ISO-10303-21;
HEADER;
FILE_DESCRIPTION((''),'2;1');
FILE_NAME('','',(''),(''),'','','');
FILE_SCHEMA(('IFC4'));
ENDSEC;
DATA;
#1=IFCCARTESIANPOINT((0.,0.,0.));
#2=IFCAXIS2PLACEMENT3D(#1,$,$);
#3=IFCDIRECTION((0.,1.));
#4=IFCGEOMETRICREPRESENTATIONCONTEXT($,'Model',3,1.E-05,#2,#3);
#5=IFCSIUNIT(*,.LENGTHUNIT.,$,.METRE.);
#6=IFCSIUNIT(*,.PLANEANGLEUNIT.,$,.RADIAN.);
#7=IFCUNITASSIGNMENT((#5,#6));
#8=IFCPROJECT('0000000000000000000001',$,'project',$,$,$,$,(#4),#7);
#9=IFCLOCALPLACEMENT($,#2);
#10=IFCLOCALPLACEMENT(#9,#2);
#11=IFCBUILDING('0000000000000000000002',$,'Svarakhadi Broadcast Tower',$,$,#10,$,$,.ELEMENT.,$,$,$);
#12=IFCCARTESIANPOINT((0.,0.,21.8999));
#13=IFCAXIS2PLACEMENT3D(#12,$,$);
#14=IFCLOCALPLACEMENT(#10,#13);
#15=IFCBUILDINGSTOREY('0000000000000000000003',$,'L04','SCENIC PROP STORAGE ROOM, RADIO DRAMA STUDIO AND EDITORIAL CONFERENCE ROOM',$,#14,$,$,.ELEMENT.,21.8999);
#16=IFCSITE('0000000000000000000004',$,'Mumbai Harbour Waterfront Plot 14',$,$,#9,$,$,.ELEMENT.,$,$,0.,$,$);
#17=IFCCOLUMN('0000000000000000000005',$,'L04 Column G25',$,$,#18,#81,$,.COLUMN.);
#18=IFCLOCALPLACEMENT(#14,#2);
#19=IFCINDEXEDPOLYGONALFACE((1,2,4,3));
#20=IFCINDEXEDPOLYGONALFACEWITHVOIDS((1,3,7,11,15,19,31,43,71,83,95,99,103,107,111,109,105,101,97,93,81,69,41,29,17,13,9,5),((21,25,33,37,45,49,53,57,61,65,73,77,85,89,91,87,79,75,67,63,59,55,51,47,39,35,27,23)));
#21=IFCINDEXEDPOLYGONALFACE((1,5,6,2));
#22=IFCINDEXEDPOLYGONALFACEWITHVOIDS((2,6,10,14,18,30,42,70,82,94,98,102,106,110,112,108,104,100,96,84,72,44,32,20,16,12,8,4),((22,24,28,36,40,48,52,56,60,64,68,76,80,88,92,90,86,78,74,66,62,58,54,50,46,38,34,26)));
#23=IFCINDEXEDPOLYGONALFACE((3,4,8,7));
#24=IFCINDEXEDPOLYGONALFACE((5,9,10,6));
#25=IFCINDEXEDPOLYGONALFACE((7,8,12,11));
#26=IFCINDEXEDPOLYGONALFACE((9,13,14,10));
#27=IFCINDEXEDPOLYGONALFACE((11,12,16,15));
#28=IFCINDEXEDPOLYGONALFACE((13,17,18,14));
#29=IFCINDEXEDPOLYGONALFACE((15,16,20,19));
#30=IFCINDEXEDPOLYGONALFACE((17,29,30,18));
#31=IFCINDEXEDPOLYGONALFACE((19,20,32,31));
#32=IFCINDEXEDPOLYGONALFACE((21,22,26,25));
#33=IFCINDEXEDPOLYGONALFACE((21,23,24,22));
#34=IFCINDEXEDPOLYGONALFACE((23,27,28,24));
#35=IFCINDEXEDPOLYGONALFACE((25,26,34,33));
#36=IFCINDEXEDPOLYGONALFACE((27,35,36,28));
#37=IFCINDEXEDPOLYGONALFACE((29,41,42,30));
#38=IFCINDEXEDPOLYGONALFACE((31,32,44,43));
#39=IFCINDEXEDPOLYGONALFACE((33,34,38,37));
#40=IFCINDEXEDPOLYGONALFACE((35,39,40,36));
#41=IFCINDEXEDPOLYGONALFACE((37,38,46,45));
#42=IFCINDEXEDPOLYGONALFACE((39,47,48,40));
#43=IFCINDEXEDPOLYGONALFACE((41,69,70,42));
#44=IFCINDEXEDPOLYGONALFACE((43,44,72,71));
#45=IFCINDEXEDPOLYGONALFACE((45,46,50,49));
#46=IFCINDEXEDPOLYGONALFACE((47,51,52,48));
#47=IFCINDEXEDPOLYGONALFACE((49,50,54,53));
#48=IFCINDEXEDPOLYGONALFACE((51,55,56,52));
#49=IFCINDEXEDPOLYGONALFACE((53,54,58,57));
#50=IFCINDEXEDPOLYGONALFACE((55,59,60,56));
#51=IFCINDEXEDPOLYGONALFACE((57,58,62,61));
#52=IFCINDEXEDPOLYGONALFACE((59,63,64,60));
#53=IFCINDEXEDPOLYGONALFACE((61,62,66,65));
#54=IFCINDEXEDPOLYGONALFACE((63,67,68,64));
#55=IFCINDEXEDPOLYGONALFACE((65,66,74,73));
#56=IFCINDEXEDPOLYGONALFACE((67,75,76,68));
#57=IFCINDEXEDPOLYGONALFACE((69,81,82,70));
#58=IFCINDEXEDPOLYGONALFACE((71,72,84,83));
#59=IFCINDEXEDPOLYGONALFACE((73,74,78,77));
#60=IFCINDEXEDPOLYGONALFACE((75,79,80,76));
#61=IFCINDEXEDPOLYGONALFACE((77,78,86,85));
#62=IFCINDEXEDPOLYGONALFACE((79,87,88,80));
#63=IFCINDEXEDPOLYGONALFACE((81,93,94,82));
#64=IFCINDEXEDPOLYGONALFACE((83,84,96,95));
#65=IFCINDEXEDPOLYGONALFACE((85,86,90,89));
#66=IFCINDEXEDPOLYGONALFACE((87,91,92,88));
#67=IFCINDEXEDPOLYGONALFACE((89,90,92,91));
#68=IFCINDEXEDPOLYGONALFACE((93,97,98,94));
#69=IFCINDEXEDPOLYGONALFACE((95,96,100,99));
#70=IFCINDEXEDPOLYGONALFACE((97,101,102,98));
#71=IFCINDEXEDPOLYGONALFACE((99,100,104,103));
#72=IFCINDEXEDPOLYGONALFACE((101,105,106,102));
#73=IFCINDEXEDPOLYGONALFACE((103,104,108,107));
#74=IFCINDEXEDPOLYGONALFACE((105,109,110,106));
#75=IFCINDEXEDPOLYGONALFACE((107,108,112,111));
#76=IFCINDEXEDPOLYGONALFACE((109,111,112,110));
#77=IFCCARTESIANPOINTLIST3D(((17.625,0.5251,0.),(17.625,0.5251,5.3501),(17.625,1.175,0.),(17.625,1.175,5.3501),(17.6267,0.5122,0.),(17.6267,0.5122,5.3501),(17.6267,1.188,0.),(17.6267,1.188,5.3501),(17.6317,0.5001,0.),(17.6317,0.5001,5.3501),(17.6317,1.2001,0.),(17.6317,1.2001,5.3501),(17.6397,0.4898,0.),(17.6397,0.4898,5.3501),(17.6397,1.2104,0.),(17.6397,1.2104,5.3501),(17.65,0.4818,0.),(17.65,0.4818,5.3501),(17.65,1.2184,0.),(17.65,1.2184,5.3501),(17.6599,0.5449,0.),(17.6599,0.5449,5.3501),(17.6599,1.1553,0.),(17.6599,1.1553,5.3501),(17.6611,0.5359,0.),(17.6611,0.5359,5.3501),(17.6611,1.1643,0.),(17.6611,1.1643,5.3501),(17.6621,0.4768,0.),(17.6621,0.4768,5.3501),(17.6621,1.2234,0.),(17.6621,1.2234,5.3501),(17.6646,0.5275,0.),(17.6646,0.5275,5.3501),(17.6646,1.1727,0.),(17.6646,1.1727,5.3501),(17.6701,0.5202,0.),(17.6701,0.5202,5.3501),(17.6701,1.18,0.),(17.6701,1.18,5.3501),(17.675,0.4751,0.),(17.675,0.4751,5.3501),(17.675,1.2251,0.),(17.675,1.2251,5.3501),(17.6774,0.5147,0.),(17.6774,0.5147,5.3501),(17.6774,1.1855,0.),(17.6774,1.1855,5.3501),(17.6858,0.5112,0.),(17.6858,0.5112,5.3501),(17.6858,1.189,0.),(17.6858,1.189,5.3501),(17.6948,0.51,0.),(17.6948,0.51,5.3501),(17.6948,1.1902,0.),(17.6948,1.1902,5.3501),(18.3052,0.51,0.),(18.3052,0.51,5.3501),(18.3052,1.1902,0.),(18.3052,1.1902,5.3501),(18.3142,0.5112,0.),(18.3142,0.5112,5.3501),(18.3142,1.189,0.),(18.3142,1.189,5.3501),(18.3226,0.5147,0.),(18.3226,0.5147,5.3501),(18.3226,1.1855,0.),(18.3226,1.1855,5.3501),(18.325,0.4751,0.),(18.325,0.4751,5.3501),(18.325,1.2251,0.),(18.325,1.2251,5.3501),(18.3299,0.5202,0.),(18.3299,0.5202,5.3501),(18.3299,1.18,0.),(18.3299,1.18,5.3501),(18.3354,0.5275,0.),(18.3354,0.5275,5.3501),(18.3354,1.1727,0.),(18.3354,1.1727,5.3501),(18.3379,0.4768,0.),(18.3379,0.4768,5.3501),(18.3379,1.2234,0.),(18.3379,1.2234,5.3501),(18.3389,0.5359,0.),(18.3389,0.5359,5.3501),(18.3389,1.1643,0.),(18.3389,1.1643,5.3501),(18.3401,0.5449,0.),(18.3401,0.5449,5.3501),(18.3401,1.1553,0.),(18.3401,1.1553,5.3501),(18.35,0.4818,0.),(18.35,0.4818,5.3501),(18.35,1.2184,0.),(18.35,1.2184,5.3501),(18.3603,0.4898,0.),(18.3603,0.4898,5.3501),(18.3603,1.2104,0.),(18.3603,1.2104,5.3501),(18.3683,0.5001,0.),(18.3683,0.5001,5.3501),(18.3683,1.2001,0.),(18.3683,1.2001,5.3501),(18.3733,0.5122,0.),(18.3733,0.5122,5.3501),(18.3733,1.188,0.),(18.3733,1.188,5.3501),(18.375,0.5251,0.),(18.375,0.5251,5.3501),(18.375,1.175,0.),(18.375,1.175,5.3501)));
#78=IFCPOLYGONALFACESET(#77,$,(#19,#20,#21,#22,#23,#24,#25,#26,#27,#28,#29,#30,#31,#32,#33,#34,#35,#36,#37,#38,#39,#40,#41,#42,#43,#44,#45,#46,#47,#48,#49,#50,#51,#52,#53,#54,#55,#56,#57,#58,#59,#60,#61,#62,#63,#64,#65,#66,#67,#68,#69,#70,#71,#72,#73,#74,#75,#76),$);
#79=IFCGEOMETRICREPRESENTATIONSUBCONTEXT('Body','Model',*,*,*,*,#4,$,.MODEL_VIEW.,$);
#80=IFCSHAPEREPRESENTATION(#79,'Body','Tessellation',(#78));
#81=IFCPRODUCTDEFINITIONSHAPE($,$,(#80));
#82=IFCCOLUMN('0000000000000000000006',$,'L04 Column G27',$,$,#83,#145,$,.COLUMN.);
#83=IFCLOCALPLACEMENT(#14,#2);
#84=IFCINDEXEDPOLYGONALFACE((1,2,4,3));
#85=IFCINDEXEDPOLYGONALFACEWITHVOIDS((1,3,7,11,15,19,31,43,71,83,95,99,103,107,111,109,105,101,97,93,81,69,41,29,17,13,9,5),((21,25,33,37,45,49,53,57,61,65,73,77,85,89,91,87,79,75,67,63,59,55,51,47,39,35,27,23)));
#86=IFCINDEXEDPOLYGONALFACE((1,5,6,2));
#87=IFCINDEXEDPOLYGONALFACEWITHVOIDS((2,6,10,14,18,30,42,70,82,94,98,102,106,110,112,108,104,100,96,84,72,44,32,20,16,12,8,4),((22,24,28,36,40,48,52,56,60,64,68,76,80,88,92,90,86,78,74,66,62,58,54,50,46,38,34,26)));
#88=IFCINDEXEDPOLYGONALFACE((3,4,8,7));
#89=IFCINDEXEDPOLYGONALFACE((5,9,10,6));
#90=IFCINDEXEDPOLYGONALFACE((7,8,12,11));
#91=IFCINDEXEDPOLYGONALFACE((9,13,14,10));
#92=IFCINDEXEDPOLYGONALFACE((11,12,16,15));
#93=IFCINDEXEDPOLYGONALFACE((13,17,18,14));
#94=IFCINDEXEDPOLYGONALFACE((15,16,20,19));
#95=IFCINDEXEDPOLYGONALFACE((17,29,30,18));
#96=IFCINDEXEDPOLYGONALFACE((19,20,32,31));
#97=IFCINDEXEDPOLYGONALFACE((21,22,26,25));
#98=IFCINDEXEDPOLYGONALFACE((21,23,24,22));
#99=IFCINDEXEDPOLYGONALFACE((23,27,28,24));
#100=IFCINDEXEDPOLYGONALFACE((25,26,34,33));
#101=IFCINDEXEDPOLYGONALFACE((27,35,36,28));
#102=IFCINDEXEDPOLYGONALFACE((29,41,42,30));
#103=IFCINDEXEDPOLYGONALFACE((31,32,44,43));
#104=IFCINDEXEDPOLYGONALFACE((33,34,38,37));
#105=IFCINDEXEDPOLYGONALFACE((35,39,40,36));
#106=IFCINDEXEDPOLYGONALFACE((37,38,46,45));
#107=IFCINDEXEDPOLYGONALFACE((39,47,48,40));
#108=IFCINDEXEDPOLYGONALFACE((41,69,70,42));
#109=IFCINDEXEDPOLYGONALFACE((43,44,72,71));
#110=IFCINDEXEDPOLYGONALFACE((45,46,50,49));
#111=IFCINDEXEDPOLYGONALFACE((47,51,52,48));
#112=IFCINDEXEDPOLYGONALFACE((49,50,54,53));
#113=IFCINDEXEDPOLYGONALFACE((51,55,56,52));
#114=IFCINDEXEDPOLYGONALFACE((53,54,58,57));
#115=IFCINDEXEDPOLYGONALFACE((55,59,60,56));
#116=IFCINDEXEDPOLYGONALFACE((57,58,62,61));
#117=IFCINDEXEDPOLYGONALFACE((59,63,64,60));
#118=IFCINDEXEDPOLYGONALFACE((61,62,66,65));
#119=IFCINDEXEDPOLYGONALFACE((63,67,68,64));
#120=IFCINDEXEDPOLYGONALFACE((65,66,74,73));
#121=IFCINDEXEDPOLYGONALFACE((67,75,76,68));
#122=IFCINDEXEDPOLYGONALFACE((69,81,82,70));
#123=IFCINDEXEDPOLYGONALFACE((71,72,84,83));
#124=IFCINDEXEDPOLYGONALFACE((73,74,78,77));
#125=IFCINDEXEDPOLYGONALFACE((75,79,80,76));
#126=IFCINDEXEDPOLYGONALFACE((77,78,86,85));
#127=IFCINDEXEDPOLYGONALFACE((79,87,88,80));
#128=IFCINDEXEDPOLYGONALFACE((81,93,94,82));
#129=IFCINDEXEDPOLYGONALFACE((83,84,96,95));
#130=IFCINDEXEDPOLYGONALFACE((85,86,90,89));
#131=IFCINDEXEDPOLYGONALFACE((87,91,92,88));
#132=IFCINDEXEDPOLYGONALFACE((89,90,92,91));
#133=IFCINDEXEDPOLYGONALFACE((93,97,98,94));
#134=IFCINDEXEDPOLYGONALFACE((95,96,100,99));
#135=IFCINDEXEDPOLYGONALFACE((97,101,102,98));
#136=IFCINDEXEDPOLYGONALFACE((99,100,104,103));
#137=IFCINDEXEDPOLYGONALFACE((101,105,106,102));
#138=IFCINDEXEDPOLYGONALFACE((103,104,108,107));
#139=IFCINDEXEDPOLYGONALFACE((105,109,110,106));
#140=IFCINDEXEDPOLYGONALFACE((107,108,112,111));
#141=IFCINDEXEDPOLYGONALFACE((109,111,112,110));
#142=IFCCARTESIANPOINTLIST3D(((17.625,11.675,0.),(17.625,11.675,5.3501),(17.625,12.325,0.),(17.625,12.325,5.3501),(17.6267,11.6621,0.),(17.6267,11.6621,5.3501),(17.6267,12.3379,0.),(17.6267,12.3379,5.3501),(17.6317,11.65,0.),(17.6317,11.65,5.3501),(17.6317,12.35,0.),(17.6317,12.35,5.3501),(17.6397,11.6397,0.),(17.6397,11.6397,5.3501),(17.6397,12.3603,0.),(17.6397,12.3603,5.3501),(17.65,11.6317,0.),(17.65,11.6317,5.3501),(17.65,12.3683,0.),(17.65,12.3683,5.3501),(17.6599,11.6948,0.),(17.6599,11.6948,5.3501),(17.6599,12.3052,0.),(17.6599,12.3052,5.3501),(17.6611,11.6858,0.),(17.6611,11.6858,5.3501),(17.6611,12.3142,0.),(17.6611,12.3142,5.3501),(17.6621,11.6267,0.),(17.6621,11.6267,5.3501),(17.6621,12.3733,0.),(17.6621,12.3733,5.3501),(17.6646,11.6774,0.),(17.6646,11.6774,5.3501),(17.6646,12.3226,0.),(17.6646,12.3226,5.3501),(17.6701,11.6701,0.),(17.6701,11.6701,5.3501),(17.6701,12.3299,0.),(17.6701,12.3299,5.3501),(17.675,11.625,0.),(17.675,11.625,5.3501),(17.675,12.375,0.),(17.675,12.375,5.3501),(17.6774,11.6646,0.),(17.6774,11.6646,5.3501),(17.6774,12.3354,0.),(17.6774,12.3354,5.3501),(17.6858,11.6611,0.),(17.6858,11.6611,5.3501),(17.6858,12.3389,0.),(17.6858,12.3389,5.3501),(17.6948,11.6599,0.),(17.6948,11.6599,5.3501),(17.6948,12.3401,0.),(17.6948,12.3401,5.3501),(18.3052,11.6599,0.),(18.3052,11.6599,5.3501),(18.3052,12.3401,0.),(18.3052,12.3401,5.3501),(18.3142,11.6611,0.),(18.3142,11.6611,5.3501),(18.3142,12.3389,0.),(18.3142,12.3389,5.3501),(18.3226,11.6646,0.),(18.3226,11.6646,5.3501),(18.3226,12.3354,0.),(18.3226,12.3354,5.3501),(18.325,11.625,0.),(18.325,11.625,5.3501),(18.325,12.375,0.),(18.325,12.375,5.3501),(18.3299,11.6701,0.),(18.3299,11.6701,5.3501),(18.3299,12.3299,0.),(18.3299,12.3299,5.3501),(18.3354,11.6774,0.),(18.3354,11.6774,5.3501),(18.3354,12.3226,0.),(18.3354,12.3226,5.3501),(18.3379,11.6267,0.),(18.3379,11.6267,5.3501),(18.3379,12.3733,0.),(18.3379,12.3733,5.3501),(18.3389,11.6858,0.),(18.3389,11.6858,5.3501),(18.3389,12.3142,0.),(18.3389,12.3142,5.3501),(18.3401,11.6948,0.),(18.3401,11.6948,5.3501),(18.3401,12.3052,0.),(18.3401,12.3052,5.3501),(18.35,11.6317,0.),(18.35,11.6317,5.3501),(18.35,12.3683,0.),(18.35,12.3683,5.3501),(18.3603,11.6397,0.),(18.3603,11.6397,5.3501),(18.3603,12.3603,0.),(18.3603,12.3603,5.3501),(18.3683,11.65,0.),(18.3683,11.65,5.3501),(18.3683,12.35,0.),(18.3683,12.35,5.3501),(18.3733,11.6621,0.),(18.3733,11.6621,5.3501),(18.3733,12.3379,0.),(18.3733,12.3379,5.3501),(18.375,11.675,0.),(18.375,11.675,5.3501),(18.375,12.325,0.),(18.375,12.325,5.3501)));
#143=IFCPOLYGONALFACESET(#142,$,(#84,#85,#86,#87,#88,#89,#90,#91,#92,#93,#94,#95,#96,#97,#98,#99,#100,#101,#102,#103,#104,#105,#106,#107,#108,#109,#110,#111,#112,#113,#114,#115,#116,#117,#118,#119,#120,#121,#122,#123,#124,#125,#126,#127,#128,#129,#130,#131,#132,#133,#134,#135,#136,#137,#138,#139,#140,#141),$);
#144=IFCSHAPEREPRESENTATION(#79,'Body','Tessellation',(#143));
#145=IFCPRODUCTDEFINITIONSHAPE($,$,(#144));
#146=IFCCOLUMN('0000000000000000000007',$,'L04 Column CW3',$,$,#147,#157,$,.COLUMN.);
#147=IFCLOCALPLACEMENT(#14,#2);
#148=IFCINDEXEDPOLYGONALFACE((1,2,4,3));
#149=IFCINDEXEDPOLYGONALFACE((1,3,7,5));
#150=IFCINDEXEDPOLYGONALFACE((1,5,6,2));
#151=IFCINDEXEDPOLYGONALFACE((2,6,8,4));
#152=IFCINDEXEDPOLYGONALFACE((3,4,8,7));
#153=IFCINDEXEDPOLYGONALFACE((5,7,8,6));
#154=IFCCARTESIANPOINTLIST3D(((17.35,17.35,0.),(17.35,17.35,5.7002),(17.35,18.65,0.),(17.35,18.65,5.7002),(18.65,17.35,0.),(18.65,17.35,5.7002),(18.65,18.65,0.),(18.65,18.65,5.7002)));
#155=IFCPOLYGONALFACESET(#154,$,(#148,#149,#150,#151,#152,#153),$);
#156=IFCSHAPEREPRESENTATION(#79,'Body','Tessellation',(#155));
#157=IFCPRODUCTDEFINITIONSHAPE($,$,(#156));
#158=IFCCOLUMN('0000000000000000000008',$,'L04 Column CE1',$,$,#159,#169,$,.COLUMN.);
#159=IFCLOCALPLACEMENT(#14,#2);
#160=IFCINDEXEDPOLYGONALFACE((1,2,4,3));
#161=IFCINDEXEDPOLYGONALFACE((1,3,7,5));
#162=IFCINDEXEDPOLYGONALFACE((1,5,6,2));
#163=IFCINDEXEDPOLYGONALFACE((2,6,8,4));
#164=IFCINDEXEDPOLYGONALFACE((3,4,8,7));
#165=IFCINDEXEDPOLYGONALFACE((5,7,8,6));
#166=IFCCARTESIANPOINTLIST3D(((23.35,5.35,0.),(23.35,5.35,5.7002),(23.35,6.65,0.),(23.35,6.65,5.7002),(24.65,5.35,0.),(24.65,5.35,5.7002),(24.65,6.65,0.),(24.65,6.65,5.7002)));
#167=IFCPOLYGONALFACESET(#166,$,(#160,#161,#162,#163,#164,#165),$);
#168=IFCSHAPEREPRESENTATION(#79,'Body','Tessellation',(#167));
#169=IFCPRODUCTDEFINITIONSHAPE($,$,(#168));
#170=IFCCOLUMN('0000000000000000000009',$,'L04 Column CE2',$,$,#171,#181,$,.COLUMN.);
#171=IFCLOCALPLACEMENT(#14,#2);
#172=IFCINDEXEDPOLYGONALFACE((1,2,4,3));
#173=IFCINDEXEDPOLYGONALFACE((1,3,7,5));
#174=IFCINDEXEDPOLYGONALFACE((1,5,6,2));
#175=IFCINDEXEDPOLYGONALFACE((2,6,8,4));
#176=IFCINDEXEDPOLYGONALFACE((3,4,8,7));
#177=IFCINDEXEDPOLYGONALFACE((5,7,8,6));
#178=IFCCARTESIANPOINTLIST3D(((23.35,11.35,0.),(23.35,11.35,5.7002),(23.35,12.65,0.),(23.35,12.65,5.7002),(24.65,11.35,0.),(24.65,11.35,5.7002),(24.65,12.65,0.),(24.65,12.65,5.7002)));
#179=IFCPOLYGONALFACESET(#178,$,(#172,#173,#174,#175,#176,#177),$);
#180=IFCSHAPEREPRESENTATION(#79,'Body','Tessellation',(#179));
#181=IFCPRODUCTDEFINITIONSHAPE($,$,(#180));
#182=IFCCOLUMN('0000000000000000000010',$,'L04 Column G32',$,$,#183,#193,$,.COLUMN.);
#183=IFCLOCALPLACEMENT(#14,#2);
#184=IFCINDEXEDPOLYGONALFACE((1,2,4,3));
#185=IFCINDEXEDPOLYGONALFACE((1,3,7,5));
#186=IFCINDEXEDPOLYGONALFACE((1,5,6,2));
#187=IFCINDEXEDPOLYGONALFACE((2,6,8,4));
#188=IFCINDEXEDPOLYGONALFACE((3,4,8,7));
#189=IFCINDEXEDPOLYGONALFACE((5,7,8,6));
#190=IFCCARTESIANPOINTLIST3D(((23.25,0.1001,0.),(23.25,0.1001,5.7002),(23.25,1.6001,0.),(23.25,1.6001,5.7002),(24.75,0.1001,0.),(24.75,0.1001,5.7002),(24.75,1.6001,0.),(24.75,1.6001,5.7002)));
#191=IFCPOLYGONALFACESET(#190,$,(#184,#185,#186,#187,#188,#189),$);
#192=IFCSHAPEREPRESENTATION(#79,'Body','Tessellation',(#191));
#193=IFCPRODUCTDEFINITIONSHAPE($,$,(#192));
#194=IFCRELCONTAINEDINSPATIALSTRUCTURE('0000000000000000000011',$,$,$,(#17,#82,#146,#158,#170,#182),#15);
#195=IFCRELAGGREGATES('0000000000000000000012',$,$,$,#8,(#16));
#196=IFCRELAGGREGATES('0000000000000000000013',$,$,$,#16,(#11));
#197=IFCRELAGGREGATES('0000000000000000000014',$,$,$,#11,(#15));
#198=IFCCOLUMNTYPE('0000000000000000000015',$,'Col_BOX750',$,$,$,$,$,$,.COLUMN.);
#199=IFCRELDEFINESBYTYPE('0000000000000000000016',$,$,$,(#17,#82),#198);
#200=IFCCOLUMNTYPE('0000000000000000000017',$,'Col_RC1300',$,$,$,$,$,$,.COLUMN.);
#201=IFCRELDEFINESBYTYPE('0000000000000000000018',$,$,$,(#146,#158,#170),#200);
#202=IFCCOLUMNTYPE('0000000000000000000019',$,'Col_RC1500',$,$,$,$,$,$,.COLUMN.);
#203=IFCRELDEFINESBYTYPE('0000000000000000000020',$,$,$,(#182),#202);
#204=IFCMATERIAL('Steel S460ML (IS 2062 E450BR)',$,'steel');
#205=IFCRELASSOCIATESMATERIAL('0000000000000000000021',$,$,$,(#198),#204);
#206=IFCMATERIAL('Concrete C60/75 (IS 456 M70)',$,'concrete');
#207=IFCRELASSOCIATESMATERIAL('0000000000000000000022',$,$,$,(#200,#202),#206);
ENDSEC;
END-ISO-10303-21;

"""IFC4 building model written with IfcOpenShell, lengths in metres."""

from ifc_helpers import new_model, si_unit, direction, frame, origin, origin_2d, place, context, subcontext, project, spatial, rectangle, hollow_rectangle, extrude, material, material_profile, profile_set, type_object, element, save


model = new_model("IFC4")

# Units and contexts
model_context = context("Model", 3, precision=1e-05, world=origin(), true_north=direction((0.0, 1.0)))
body_context = subcontext(model_context, "Body", "Model", "MODEL_VIEW")
ifc_project = project(units=[si_unit("LENGTHUNIT", "METRE"), si_unit("PLANEANGLEUNIT", "RADIAN")], contexts=[model_context])

# Site, building, storey
site_placement = place(None, origin())
site = spatial("IfcSite", under=ifc_project, at=site_placement, Name="Mumbai Harbour Waterfront Plot 14", CompositionType="ELEMENT", RefElevation=0.0)
building_placement = place(site_placement, origin())
building = spatial("IfcBuilding", under=site, at=building_placement, Name="Svarakhadi Broadcast Tower", CompositionType="ELEMENT")
storey_placement = place(building_placement, frame((0.0, 0.0, 21.8999)))
storey = spatial("IfcBuildingStorey", under=building, at=storey_placement, Name="L04", Description="SCENIC PROP STORAGE ROOM, RADIO DRAMA STUDIO AND EDITORIAL CONFERENCE ROOM", CompositionType="ELEMENT", Elevation=21.8999)

# Columns
ifc_material_1 = material(Name="Steel S460ML (IS 2062 E450BR)", Category="steel")
ifc_material_profile_1 = material_profile(ifc_material_1, hollow_rectangle(XDim=0.75, YDim=0.75, WallThickness=0.0349, InnerFilletRadius=0.0349, OuterFilletRadius=0.05, at=origin_2d()), Name="BOX 750x750x35")
ifc_profile_set_1 = profile_set([ifc_material_profile_1], Name="Steel S460ML (IS 2062 E450BR)")
column_type_1 = type_object("IfcColumnType", Name="Col_BOX750", PredefinedType="COLUMN", material=ifc_profile_set_1)
for number, where, z_axis, x_axis, name in (
    (1, (18.0, 0.8501, 0.0), (0.0, 0.0, 1.0), (1.0, 0.0, 0.0), "L04 Column G25"),
    (2, (18.0, 12.0, 0.0), (0.0, 0.0, 1.0), (1.0, 0.0, 0.0), "L04 Column G27"),
):
    element("IfcColumn", number, at=place(storey_placement, frame(where, z_axis=z_axis, x_axis=x_axis)), inside=storey, type_object=column_type_1, Name=name, PredefinedType="COLUMN", context=body_context, shape_type="SweptSolid", body=[
        extrude(hollow_rectangle(XDim=0.75, YDim=0.75, WallThickness=0.0349, InnerFilletRadius=0.0349, OuterFilletRadius=0.05, at=origin_2d()), origin(), (0.0, 0.0, 1.0), 5.3501),
    ])
ifc_material_2 = material(Name="Concrete C60/75 (IS 456 M70)", Category="concrete")
ifc_material_profile_2 = material_profile(ifc_material_2, rectangle(XDim=1.3, YDim=1.3, at=origin_2d()), Name="RC 1300x1300")
ifc_profile_set_2 = profile_set([ifc_material_profile_2], Name="Concrete C60/75 (IS 456 M70)")
column_type_2 = type_object("IfcColumnType", Name="Col_RC1300", PredefinedType="COLUMN", material=ifc_profile_set_2)
for number, where, z_axis, x_axis, name in (
    (3, (18.0, 18.0, 0.0), (0.0, 0.0, 1.0), (1.0, 0.0, 0.0), "L04 Column CW3"),
    (4, (24.0, 6.0, 0.0), (0.0, 0.0, 1.0), (1.0, 0.0, 0.0), "L04 Column CE1"),
    (5, (24.0, 12.0, 0.0), (0.0, 0.0, 1.0), (1.0, 0.0, 0.0), "L04 Column CE2"),
):
    element("IfcColumn", number, at=place(storey_placement, frame(where, z_axis=z_axis, x_axis=x_axis)), inside=storey, type_object=column_type_2, Name=name, PredefinedType="COLUMN", context=body_context, shape_type="SweptSolid", body=[
        extrude(rectangle(XDim=1.3, YDim=1.3, at=origin_2d()), origin(), (0.0, 0.0, 1.0), 5.7002),
    ])
ifc_material_profile_3 = material_profile(ifc_material_2, rectangle(XDim=1.5, YDim=1.5, at=origin_2d()), Name="RC 1500x1500")
ifc_profile_set_3 = profile_set([ifc_material_profile_3], Name="Concrete C60/75 (IS 456 M70)")
column_type_3 = type_object("IfcColumnType", Name="Col_RC1500", PredefinedType="COLUMN", material=ifc_profile_set_3)
column_placement = place(storey_placement, frame((24.0, 0.8501, 0.0), z_axis=(0.0, 0.0, 1.0), x_axis=(1.0, 0.0, 0.0)))
element("IfcColumn", 6, at=column_placement, inside=storey, type_object=column_type_3, Name="L04 Column G32", PredefinedType="COLUMN", context=body_context, shape_type="SweptSolid", body=[
    extrude(rectangle(XDim=1.5, YDim=1.5, at=origin_2d()), origin(), (0.0, 0.0, 1.0), 5.7002),
])

save(model, "model.ifc")
